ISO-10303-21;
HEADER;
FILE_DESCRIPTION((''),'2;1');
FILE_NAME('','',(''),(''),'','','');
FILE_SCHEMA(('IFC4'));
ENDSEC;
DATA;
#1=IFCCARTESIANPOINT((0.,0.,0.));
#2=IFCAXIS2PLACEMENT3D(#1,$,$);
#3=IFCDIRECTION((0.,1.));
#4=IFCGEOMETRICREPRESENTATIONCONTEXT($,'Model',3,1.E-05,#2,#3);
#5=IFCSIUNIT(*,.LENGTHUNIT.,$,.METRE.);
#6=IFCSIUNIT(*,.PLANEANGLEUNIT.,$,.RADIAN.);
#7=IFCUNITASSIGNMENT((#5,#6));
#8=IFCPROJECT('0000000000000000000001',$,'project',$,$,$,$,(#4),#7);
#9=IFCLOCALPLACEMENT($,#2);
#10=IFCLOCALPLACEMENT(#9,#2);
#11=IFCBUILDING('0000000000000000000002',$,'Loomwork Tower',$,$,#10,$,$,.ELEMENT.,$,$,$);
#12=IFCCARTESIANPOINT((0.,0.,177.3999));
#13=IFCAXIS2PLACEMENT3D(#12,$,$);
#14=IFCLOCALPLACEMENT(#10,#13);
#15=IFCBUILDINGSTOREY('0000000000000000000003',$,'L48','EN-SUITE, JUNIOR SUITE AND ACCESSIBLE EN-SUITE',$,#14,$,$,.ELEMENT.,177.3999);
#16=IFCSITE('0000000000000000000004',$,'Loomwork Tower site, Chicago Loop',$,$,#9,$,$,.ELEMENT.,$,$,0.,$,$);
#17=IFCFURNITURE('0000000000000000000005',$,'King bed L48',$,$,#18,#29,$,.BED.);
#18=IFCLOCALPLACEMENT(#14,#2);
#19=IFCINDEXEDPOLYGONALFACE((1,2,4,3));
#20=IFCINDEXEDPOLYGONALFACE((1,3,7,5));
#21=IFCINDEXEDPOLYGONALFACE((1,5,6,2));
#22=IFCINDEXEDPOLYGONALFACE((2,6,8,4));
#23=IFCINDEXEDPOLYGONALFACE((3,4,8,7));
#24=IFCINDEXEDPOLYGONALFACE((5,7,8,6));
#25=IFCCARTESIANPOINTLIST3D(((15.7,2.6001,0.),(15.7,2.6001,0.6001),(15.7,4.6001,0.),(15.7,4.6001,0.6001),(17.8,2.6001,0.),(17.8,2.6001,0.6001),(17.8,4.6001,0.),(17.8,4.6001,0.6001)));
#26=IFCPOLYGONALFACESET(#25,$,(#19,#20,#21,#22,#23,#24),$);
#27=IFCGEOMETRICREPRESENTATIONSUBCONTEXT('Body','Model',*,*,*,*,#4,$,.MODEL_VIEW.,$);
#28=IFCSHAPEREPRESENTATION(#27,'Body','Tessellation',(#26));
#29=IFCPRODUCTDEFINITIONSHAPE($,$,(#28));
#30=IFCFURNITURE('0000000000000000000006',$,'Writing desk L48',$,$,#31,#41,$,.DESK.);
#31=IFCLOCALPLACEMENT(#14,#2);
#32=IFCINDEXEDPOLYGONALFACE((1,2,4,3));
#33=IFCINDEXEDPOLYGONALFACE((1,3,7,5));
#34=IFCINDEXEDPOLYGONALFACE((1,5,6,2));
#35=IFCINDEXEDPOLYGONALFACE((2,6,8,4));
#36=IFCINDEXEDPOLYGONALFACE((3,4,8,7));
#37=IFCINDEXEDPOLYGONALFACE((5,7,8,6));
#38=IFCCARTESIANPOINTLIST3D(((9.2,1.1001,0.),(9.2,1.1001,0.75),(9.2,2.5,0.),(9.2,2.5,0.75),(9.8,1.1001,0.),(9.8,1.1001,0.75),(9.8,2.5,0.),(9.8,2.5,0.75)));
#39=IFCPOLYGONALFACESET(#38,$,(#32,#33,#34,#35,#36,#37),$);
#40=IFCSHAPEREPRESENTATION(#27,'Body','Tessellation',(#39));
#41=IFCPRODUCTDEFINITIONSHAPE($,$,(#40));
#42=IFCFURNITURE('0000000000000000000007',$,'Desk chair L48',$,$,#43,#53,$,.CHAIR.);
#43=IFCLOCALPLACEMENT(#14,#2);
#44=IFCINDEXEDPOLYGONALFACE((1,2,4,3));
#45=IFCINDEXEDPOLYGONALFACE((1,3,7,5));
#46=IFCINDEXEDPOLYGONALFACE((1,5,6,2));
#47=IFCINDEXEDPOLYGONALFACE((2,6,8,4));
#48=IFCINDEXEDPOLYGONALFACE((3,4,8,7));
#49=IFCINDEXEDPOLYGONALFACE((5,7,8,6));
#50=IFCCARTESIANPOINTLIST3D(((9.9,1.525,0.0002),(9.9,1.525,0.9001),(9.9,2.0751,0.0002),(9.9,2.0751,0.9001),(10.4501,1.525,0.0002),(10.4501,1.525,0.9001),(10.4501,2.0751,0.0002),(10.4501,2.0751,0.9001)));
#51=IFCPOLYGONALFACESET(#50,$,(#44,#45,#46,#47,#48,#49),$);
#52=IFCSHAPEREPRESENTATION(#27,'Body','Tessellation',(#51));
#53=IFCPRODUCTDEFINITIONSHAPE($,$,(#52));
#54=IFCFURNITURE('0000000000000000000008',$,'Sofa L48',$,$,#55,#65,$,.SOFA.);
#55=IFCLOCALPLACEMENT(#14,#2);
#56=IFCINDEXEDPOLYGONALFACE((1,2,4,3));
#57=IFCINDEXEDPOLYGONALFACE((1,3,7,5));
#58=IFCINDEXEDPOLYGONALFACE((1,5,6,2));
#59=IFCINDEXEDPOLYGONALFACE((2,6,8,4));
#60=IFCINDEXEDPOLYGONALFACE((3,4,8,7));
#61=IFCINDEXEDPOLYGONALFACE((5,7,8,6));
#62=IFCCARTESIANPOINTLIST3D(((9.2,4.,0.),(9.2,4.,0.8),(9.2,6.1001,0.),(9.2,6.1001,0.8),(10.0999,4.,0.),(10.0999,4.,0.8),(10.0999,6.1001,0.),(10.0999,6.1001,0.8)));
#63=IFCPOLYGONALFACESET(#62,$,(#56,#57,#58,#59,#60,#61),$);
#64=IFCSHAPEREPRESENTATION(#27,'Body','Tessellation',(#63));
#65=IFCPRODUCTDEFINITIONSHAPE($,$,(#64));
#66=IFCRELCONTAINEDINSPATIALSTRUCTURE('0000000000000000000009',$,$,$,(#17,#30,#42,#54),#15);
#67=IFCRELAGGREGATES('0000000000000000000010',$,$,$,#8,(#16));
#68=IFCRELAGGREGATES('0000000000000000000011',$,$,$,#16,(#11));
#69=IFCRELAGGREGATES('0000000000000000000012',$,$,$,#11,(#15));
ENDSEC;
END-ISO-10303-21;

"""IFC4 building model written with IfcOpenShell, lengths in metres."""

from ifc_helpers import new_model, si_unit, direction, frame, origin, origin_2d, place, context, subcontext, project, spatial, rectangle, extrude, element, save


model = new_model("IFC4")

# Units and contexts
model_context = context("Model", 3, precision=1e-05, world=origin(), true_north=direction((0.0, 1.0)))
body_context = subcontext(model_context, "Body", "Model", "MODEL_VIEW")
ifc_project = project(units=[si_unit("LENGTHUNIT", "METRE"), si_unit("PLANEANGLEUNIT", "RADIAN")], contexts=[model_context])

# Site, building, storey
site_placement = place(None, origin())
site = spatial("IfcSite", under=ifc_project, at=site_placement, Name="Loomwork Tower site, Chicago Loop", CompositionType="ELEMENT", RefElevation=0.0)
building_placement = place(site_placement, origin())
building = spatial("IfcBuilding", under=site, at=building_placement, Name="Loomwork Tower", CompositionType="ELEMENT")
storey_placement = place(building_placement, frame((0.0, 0.0, 177.3999)))
storey = spatial("IfcBuildingStorey", under=building, at=storey_placement, Name="L48", Description="EN-SUITE, JUNIOR SUITE AND ACCESSIBLE EN-SUITE", CompositionType="ELEMENT", Elevation=177.3999)

# Furniture
furniture_1_placement = place(storey_placement, frame((16.75, 3.6001, 0.0), z_axis=(0.0, 0.0, 1.0), x_axis=(1.0, 0.0, 0.0)))
element("IfcFurniture", 1, at=furniture_1_placement, inside=storey, Name="King bed L48", PredefinedType="BED", context=body_context, shape_type="SweptSolid", body=[
    extrude(rectangle(XDim=2.1001, YDim=2.0, at=origin_2d()), origin(), (0.0, 0.0, 1.0), 0.6001),
])
furniture_2_placement = place(storey_placement, frame((9.5, 1.8, 0.0), z_axis=(0.0, 0.0, 1.0), x_axis=(1.0, 0.0, 0.0)))
element("IfcFurniture", 2, at=furniture_2_placement, inside=storey, Name="Writing desk L48", PredefinedType="DESK", context=body_context, shape_type="SweptSolid", body=[
    extrude(rectangle(XDim=0.6001, YDim=1.3999, at=origin_2d()), origin(), (0.0, 0.0, 1.0), 0.75),
])
furniture_3_placement = place(storey_placement, frame((10.175, 1.8, 0.0002), z_axis=(0.0, 0.0, 1.0), x_axis=(1.0, 0.0, 0.0)))
element("IfcFurniture", 3, at=furniture_3_placement, inside=storey, Name="Desk chair L48", PredefinedType="CHAIR", context=body_context, shape_type="SweptSolid", body=[
    extrude(rectangle(XDim=0.55, YDim=0.55, at=origin_2d()), origin(), (0.0, 0.0, 1.0), 0.8999),
])
furniture_4_placement = place(storey_placement, frame((9.6499, 5.05, 0.0), z_axis=(0.0, 0.0, 1.0), x_axis=(1.0, 0.0, 0.0)))
element("IfcFurniture", 4, at=furniture_4_placement, inside=storey, Name="Sofa L48", PredefinedType="SOFA", context=body_context, shape_type="SweptSolid", body=[
    extrude(rectangle(XDim=0.8999, YDim=2.1001, at=origin_2d()), origin(), (0.0, 0.0, 1.0), 0.8),
])

save(model, "model.ifc")
